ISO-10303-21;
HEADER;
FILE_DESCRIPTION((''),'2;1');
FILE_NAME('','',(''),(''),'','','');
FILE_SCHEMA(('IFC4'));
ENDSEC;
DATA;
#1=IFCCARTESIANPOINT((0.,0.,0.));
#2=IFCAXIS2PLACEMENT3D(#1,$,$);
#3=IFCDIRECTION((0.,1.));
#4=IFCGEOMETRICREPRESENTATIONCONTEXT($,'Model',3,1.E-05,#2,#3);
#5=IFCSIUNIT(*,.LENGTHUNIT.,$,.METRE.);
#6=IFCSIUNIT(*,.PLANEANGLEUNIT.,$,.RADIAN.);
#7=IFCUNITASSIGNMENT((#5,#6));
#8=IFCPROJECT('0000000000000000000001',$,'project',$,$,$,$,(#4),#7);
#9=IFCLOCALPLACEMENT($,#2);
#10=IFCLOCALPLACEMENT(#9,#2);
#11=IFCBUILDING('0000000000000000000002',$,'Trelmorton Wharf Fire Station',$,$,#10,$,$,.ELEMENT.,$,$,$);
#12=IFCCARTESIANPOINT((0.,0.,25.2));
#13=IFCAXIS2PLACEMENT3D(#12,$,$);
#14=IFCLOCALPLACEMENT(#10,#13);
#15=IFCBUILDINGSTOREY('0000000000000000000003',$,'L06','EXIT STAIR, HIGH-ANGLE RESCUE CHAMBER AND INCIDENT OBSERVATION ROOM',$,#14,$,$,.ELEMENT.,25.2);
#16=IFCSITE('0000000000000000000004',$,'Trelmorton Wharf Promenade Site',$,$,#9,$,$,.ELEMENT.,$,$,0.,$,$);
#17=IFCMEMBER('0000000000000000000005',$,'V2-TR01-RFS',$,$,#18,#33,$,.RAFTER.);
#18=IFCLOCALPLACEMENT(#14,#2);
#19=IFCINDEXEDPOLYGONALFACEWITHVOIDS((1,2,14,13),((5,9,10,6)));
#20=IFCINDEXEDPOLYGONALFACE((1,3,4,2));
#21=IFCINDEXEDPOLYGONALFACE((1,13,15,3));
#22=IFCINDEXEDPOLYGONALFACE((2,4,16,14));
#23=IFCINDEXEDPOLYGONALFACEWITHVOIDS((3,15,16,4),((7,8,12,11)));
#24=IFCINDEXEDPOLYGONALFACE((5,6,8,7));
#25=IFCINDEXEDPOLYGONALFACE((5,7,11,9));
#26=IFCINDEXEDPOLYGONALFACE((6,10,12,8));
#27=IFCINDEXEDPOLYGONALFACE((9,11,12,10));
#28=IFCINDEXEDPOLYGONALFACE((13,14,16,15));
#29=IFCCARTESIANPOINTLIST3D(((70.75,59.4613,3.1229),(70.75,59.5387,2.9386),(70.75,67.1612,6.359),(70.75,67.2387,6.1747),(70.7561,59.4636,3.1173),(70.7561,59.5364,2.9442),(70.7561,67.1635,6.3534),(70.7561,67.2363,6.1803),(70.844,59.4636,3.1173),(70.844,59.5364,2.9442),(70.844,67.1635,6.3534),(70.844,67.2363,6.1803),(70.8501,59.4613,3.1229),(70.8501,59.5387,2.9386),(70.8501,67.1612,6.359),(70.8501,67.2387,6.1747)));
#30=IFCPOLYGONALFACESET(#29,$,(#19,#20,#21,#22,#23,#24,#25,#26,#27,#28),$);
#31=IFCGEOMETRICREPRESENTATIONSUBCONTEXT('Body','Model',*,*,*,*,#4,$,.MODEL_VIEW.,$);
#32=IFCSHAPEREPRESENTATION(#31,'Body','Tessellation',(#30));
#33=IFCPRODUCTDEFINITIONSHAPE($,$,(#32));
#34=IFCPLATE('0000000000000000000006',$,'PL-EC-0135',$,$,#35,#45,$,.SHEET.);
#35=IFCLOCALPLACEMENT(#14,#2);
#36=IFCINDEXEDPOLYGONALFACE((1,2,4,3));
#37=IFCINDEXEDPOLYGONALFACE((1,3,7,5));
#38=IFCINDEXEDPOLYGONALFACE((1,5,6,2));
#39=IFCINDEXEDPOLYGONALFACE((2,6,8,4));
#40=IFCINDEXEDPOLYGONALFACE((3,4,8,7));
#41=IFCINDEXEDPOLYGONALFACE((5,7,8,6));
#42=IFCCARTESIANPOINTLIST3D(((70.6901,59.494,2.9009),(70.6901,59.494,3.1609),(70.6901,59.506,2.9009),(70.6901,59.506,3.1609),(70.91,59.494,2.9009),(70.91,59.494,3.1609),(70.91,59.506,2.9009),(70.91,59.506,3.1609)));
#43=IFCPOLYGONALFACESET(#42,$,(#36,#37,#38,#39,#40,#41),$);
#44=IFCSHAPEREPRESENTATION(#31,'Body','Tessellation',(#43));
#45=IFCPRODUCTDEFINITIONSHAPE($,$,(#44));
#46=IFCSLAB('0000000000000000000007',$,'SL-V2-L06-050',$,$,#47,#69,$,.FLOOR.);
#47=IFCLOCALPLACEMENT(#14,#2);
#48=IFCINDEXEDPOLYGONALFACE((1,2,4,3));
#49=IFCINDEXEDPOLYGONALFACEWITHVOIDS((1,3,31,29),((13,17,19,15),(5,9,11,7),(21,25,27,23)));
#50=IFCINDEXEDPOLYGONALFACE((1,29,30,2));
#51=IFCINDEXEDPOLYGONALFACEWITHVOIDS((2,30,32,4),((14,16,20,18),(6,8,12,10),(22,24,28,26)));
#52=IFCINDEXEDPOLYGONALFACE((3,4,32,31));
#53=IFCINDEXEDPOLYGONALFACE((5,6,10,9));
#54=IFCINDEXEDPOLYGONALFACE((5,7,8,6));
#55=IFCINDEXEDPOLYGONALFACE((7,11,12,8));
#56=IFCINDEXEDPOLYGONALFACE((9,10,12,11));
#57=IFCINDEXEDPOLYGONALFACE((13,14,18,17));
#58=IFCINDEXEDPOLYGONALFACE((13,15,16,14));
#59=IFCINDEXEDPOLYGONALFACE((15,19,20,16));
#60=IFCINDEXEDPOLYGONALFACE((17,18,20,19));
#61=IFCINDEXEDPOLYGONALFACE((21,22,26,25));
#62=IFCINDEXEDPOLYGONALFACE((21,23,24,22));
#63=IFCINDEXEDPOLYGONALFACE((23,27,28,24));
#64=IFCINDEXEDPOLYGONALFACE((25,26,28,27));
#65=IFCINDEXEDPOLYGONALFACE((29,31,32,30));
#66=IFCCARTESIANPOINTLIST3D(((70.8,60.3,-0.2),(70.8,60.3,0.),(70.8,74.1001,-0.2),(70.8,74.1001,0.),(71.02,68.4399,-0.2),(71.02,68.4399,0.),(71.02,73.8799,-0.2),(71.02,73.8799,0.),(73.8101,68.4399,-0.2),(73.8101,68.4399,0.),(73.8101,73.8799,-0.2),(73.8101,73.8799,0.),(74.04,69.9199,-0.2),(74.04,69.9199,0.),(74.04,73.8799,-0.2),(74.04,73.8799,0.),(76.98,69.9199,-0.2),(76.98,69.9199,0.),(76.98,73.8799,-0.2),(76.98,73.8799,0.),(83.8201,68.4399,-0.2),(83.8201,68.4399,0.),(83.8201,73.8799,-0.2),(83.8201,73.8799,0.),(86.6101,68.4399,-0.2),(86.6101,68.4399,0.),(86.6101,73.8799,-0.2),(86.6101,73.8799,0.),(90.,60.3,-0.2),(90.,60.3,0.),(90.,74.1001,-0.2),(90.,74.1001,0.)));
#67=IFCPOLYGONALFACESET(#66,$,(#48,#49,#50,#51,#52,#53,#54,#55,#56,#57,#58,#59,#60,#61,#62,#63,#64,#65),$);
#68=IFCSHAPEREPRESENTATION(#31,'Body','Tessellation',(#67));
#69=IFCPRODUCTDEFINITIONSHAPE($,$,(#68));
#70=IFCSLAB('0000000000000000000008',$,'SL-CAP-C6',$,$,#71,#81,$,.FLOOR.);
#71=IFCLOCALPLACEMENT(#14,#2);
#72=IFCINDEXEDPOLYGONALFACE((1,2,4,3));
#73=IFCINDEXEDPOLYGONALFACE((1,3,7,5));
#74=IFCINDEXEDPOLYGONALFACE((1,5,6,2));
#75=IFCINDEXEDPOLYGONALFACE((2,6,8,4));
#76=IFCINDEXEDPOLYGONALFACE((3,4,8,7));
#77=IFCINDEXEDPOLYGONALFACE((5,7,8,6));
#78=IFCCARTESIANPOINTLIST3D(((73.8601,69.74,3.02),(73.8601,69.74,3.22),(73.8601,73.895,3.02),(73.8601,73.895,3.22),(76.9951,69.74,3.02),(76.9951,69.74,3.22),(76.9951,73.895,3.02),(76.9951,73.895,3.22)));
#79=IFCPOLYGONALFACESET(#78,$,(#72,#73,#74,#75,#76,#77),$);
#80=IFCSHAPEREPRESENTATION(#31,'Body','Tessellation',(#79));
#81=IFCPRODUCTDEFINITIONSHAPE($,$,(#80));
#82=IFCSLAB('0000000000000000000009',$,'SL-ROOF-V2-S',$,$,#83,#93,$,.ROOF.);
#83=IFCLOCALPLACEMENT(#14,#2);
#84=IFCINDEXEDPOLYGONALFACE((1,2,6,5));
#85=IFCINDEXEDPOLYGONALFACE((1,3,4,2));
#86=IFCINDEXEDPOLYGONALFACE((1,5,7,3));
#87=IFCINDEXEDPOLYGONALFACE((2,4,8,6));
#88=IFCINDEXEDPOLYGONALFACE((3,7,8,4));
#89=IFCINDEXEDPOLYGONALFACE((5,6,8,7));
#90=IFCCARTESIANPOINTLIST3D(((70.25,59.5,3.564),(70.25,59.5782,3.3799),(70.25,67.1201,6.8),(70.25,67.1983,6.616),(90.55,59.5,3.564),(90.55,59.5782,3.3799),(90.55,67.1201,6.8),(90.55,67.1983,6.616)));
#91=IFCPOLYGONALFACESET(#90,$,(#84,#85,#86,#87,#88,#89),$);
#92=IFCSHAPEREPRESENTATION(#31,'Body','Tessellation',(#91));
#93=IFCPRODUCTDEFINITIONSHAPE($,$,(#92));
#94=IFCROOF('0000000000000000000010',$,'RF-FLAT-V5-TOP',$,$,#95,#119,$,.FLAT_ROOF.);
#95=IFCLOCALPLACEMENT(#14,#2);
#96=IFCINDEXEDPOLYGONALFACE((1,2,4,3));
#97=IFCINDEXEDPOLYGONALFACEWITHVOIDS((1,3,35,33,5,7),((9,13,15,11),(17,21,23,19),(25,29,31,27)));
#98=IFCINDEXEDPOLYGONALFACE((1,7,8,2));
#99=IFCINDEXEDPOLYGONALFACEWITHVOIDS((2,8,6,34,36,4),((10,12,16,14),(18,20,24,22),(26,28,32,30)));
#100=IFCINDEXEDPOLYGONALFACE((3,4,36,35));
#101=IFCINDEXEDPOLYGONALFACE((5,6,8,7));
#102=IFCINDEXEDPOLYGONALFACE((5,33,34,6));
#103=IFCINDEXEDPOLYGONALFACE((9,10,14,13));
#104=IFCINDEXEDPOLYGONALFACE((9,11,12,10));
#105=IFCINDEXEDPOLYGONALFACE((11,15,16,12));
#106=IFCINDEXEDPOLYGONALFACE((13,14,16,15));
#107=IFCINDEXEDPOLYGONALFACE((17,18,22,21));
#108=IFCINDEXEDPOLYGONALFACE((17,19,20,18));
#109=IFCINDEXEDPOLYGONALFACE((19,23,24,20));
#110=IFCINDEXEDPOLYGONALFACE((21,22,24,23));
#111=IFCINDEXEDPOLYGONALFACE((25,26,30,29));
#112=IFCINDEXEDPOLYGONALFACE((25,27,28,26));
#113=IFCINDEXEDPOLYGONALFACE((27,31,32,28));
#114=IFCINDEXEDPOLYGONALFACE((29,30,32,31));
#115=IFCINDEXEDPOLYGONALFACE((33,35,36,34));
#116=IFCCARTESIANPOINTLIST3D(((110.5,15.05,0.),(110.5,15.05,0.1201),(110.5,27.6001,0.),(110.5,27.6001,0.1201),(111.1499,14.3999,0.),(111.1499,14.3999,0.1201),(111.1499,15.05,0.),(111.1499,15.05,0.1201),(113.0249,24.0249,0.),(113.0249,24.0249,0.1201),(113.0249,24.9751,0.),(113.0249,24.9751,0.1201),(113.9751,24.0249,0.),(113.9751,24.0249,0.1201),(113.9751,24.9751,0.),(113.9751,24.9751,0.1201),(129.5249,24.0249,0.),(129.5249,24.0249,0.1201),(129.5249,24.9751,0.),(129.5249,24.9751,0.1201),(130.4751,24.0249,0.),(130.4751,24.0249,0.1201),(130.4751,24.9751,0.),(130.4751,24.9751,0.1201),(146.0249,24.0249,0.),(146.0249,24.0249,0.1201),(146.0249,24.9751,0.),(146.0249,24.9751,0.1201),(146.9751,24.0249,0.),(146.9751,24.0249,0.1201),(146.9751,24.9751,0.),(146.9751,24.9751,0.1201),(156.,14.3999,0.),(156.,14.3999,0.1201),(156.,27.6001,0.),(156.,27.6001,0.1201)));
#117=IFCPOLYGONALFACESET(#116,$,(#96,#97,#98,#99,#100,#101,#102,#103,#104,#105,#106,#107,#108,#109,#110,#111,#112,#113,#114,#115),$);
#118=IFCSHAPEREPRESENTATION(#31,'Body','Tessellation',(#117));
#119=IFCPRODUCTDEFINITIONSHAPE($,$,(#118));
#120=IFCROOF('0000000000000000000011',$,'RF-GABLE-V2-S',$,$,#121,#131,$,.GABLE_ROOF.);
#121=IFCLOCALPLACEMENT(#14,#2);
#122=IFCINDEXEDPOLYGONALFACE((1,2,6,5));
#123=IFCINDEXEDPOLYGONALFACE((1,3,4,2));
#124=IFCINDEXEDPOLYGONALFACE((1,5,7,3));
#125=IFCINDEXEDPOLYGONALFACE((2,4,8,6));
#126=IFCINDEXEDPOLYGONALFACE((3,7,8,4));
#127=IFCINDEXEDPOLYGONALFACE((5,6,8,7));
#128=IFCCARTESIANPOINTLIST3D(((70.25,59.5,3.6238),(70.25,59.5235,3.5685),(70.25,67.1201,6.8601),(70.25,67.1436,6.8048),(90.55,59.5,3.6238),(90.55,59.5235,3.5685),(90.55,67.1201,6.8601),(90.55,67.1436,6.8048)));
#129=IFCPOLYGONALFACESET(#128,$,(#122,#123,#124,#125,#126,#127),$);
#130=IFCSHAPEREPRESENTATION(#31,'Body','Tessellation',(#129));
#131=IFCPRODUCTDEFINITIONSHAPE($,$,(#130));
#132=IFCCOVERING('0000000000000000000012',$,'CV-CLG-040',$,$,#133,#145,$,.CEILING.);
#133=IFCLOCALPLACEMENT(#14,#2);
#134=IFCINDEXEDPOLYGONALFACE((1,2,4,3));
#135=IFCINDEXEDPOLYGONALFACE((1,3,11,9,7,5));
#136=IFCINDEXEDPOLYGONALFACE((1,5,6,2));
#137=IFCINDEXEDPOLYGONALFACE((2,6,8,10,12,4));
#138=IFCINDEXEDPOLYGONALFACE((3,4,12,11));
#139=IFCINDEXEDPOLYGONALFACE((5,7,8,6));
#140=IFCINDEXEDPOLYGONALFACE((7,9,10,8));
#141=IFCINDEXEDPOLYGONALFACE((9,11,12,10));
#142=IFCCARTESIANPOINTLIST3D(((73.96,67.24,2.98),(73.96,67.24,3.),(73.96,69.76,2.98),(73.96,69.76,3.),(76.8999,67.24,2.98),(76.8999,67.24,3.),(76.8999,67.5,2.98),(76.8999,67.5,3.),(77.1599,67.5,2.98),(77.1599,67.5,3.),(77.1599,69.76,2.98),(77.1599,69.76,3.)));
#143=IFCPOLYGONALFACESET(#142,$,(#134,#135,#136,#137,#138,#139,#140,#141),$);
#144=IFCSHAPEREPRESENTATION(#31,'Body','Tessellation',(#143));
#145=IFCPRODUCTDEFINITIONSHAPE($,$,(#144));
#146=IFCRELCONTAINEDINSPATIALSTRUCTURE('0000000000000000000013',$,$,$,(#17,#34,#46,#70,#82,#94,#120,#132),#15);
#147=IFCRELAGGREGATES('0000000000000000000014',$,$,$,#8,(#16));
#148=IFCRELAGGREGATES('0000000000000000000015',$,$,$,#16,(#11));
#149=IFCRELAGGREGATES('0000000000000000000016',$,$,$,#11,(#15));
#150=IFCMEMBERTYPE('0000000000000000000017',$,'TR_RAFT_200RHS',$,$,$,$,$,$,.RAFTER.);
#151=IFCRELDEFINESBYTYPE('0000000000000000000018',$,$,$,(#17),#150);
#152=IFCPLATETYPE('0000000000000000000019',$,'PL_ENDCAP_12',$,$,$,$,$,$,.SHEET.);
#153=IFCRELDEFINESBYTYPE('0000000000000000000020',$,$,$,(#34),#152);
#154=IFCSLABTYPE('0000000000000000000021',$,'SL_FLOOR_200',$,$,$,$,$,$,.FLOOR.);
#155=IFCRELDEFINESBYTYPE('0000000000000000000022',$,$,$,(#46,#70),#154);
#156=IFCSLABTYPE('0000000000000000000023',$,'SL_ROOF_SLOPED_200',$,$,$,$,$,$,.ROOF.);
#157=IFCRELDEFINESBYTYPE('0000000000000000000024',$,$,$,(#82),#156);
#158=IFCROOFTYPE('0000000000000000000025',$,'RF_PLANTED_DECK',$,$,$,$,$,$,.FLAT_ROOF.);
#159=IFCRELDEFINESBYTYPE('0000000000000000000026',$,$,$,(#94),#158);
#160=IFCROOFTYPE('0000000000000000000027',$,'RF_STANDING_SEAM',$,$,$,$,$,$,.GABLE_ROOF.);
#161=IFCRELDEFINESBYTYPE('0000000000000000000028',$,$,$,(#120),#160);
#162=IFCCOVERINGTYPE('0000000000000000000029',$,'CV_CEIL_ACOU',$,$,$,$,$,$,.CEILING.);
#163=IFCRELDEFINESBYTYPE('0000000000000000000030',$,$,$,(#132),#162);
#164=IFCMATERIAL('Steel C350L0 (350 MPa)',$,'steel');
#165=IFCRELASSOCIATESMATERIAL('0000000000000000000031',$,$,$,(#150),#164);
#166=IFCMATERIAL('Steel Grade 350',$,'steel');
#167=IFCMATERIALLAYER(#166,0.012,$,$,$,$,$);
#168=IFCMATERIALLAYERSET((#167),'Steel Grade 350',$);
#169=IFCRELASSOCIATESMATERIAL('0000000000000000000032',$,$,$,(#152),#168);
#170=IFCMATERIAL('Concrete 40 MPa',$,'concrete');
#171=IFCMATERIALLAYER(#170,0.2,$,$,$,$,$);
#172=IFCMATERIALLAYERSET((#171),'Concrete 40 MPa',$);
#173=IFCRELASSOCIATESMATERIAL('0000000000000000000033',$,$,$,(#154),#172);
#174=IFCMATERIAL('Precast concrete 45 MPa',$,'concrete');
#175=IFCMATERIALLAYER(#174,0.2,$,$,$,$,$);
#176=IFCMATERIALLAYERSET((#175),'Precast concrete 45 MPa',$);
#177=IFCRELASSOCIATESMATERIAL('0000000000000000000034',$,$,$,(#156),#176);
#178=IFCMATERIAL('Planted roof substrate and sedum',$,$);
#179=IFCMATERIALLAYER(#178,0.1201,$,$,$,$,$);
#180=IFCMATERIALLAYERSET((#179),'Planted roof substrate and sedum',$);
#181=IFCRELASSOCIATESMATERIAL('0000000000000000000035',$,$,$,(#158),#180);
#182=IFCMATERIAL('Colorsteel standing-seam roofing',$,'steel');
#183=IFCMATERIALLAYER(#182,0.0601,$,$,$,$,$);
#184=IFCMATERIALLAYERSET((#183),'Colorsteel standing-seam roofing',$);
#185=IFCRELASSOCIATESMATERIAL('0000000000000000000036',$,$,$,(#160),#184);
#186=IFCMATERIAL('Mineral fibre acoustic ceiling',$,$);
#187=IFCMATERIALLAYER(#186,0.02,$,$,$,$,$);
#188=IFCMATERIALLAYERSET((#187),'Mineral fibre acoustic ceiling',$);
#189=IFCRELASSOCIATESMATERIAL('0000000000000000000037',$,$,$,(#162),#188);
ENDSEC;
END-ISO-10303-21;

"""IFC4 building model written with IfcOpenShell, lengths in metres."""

from ifc_helpers import new_model, si_unit, direction, frame, origin, origin_2d, place, context, subcontext, project, spatial, polyline, rectangle, hollow_rectangle, outline, extrude, material, layer, layer_set, material_profile, profile_set, type_object, element, save


model = new_model("IFC4")

# Units and contexts
model_context = context("Model", 3, precision=1e-05, world=origin(), true_north=direction((0.0, 1.0)))
body_context = subcontext(model_context, "Body", "Model", "MODEL_VIEW")
ifc_project = project(units=[si_unit("LENGTHUNIT", "METRE"), si_unit("PLANEANGLEUNIT", "RADIAN")], contexts=[model_context])

# Site, building, storey
site_placement = place(None, origin())
site = spatial("IfcSite", under=ifc_project, at=site_placement, Name="Trelmorton Wharf Promenade Site", CompositionType="ELEMENT", RefElevation=0.0)
building_placement = place(site_placement, origin())
building = spatial("IfcBuilding", under=site, at=building_placement, Name="Trelmorton Wharf Fire Station", CompositionType="ELEMENT")
storey_placement = place(building_placement, frame((0.0, 0.0, 25.2)))
storey = spatial("IfcBuildingStorey", under=building, at=storey_placement, Name="L06", Description="EXIT STAIR, HIGH-ANGLE RESCUE CHAMBER AND INCIDENT OBSERVATION ROOM", CompositionType="ELEMENT", Elevation=25.2)

# Member
ifc_material_1 = material(Name="Steel C350L0 (350 MPa)", Category="steel")
ifc_material_profile = material_profile(ifc_material_1, hollow_rectangle(XDim=0.1001, YDim=0.2, WallThickness=0.0061, at=origin_2d()), Name="200x100x6.0RHS")
ifc_profile_set = profile_set([ifc_material_profile], Name="Steel C350L0 (350 MPa)")
member_type = type_object("IfcMemberType", Name="TR_RAFT_200RHS", PredefinedType="RAFTER", material=ifc_profile_set)
member_placement = place(storey_placement, frame((70.8, 59.5, 3.0308), z_axis=(0.0, 0.921892, 0.387447), x_axis=(-1.0, 0.0, 0.0)))
element("IfcMember", 1, at=member_placement, inside=storey, type_object=member_type, Name="V2-TR01-RFS", PredefinedType="RAFTER", context=body_context, shape_type="SweptSolid", body=[
    extrude(hollow_rectangle(XDim=0.1001, YDim=0.2, WallThickness=0.0061, at=origin_2d()), origin(), (0.0, 0.0, 1.0), 8.3523),
])

# Plate
ifc_material_2 = material(Name="Steel Grade 350", Category="steel")
ifc_layer_1 = layer(ifc_material_2, 0.012)
ifc_layer_set_1 = layer_set([ifc_layer_1], Name="Steel Grade 350")
plate_type = type_object("IfcPlateType", Name="PL_ENDCAP_12", PredefinedType="SHEET", material=ifc_layer_set_1)
plate_placement = place(storey_placement, frame((70.8, 59.5, 2.9009), z_axis=(0.0, 0.0, 1.0), x_axis=(1.0, 0.0, 0.0)))
element("IfcPlate", 2, at=plate_placement, inside=storey, type_object=plate_type, Name="PL-EC-0135", PredefinedType="SHEET", context=body_context, shape_type="SweptSolid", body=[
    extrude(rectangle(XDim=0.22, YDim=0.012, at=origin_2d()), origin(), (0.0, 0.0, 1.0), 0.26),
])

# Slabs
ifc_material_3 = material(Name="Concrete 40 MPa", Category="concrete")
ifc_layer_2 = layer(ifc_material_3, 0.2)
ifc_layer_set_2 = layer_set([ifc_layer_2], Name="Concrete 40 MPa")
slab_type_1 = type_object("IfcSlabType", Name="SL_FLOOR_200", PredefinedType="FLOOR", material=ifc_layer_set_2)
slab_1_placement = place(storey_placement, frame((0.0, 0.0, -0.2)))
element("IfcSlab", 3, at=slab_1_placement, inside=storey, type_object=slab_type_1, Name="SL-V2-L06-050", PredefinedType="FLOOR", context=body_context, shape_type="SweptSolid", body=[
    extrude(outline(polyline([(90.0, 74.1001), (90.0, 60.3), (70.8, 60.3), (70.8, 74.1001), (90.0, 74.1001)]), holes=[polyline([(71.02, 68.4399), (73.8101, 68.4399), (73.8101, 73.8799), (71.02, 73.8799), (71.02, 68.4399)]), polyline([(74.04, 73.8799), (74.04, 69.9199), (76.98, 69.9199), (76.98, 73.8799), (74.04, 73.8799)]), polyline([(86.6101, 73.8799), (83.8201, 73.8799), (83.8201, 68.4399), (86.6101, 68.4399), (86.6101, 73.8799)])]), origin(), (0.0, 0.0, 1.0), 0.2),
])
slab_2_placement = place(storey_placement, frame((0.0, 0.0, 3.02)))
element("IfcSlab", 4, at=slab_2_placement, inside=storey, type_object=slab_type_1, Name="SL-CAP-C6", PredefinedType="FLOOR", context=body_context, shape_type="SweptSolid", body=[
    extrude(outline(polyline([(73.8601, 69.74), (76.9951, 69.74), (76.9951, 73.895), (73.8601, 73.895), (73.8601, 69.74)])), origin(), (0.0, 0.0, 1.0), 0.2),
])

# Slab
ifc_material_4 = material(Name="Precast concrete 45 MPa", Category="concrete")
ifc_layer_3 = layer(ifc_material_4, 0.2)
ifc_layer_set_3 = layer_set([ifc_layer_3], Name="Precast concrete 45 MPa")
slab_type_2 = type_object("IfcSlabType", Name="SL_ROOF_SLOPED_200", PredefinedType="ROOF", material=ifc_layer_set_3)
slab_3_placement = place(storey_placement, frame((70.25, 59.5, 3.564), z_axis=(0.0, -0.390888, 0.920438), x_axis=(1.0, 0.0, 0.0)))
element("IfcSlab", 5, at=slab_3_placement, inside=storey, type_object=slab_type_2, Name="SL-ROOF-V2-S", PredefinedType="ROOF", context=body_context, shape_type="SweptSolid", body=[
    extrude(outline(polyline([(0.0, 0.0), (20.3, 0.0), (20.3, 8.2788), (0.0, 8.2788), (0.0, 0.0)])), origin(), (0.0, 0.0, -1.0), 0.2),
])

# Roofs
ifc_material_5 = material(Name="Planted roof substrate and sedum")
ifc_layer_4 = layer(ifc_material_5, 0.1201)
ifc_layer_set_4 = layer_set([ifc_layer_4], Name="Planted roof substrate and sedum")
roof_type_1 = type_object("IfcRoofType", Name="RF_PLANTED_DECK", PredefinedType="FLAT_ROOF", material=ifc_layer_set_4)
roof_1_placement = place(storey_placement, origin())
element("IfcRoof", 6, at=roof_1_placement, inside=storey, type_object=roof_type_1, Name="RF-FLAT-V5-TOP", PredefinedType="FLAT_ROOF", context=body_context, shape_type="SweptSolid", body=[
    extrude(outline(polyline([(111.1499, 14.3999), (111.1499, 15.05), (110.5, 15.05), (110.5, 27.6001), (156.0, 27.6001), (156.0, 14.3999), (111.1499, 14.3999)]), holes=[polyline([(113.0249, 24.0249), (113.9751, 24.0249), (113.9751, 24.9751), (113.0249, 24.9751), (113.0249, 24.0249)]), polyline([(146.0249, 24.9751), (146.0249, 24.0249), (146.9751, 24.0249), (146.9751, 24.9751), (146.0249, 24.9751)]), polyline([(130.4751, 24.9751), (129.5249, 24.9751), (129.5249, 24.0249), (130.4751, 24.0249), (130.4751, 24.9751)])]), origin(), (0.0, 0.0, 1.0), 0.1201),
])
ifc_material_6 = material(Name="Colorsteel standing-seam roofing", Category="steel")
ifc_layer_5 = layer(ifc_material_6, 0.0601)
ifc_layer_set_5 = layer_set([ifc_layer_5], Name="Colorsteel standing-seam roofing")
roof_type_2 = type_object("IfcRoofType", Name="RF_STANDING_SEAM", PredefinedType="GABLE_ROOF", material=ifc_layer_set_5)
roof_2_placement = place(storey_placement, frame((70.25, 59.5, 3.6238), z_axis=(0.0, -0.390913, 0.920427), x_axis=(1.0, 0.0, 0.0)))
element("IfcRoof", 7, at=roof_2_placement, inside=storey, type_object=roof_type_2, Name="RF-GABLE-V2-S", PredefinedType="GABLE_ROOF", context=body_context, shape_type="SweptSolid", body=[
    extrude(outline(polyline([(0.0, 0.0), (20.3, 0.0), (20.3, 8.2789), (0.0, 8.2789), (0.0, 0.0)])), origin(), (0.0, 0.0, -1.0), 0.0601),
])

# Covering
ifc_material_7 = material(Name="Mineral fibre acoustic ceiling")
ifc_layer_6 = layer(ifc_material_7, 0.02)
ifc_layer_set_6 = layer_set([ifc_layer_6], Name="Mineral fibre acoustic ceiling")
covering_type = type_object("IfcCoveringType", Name="CV_CEIL_ACOU", PredefinedType="CEILING", material=ifc_layer_set_6)
covering_placement = place(storey_placement, frame((0.0, 0.0, 2.98)))
element("IfcCovering", 8, at=covering_placement, inside=storey, type_object=covering_type, Name="CV-CLG-040", PredefinedType="CEILING", context=body_context, shape_type="SweptSolid", body=[
    extrude(outline(polyline([(73.96, 67.24), (73.96, 69.76), (77.1599, 69.76), (77.1599, 67.5), (76.8999, 67.5), (76.8999, 67.24), (73.96, 67.24)])), origin(), (0.0, 0.0, 1.0), 0.02),
])

save(model, "model.ifc")
